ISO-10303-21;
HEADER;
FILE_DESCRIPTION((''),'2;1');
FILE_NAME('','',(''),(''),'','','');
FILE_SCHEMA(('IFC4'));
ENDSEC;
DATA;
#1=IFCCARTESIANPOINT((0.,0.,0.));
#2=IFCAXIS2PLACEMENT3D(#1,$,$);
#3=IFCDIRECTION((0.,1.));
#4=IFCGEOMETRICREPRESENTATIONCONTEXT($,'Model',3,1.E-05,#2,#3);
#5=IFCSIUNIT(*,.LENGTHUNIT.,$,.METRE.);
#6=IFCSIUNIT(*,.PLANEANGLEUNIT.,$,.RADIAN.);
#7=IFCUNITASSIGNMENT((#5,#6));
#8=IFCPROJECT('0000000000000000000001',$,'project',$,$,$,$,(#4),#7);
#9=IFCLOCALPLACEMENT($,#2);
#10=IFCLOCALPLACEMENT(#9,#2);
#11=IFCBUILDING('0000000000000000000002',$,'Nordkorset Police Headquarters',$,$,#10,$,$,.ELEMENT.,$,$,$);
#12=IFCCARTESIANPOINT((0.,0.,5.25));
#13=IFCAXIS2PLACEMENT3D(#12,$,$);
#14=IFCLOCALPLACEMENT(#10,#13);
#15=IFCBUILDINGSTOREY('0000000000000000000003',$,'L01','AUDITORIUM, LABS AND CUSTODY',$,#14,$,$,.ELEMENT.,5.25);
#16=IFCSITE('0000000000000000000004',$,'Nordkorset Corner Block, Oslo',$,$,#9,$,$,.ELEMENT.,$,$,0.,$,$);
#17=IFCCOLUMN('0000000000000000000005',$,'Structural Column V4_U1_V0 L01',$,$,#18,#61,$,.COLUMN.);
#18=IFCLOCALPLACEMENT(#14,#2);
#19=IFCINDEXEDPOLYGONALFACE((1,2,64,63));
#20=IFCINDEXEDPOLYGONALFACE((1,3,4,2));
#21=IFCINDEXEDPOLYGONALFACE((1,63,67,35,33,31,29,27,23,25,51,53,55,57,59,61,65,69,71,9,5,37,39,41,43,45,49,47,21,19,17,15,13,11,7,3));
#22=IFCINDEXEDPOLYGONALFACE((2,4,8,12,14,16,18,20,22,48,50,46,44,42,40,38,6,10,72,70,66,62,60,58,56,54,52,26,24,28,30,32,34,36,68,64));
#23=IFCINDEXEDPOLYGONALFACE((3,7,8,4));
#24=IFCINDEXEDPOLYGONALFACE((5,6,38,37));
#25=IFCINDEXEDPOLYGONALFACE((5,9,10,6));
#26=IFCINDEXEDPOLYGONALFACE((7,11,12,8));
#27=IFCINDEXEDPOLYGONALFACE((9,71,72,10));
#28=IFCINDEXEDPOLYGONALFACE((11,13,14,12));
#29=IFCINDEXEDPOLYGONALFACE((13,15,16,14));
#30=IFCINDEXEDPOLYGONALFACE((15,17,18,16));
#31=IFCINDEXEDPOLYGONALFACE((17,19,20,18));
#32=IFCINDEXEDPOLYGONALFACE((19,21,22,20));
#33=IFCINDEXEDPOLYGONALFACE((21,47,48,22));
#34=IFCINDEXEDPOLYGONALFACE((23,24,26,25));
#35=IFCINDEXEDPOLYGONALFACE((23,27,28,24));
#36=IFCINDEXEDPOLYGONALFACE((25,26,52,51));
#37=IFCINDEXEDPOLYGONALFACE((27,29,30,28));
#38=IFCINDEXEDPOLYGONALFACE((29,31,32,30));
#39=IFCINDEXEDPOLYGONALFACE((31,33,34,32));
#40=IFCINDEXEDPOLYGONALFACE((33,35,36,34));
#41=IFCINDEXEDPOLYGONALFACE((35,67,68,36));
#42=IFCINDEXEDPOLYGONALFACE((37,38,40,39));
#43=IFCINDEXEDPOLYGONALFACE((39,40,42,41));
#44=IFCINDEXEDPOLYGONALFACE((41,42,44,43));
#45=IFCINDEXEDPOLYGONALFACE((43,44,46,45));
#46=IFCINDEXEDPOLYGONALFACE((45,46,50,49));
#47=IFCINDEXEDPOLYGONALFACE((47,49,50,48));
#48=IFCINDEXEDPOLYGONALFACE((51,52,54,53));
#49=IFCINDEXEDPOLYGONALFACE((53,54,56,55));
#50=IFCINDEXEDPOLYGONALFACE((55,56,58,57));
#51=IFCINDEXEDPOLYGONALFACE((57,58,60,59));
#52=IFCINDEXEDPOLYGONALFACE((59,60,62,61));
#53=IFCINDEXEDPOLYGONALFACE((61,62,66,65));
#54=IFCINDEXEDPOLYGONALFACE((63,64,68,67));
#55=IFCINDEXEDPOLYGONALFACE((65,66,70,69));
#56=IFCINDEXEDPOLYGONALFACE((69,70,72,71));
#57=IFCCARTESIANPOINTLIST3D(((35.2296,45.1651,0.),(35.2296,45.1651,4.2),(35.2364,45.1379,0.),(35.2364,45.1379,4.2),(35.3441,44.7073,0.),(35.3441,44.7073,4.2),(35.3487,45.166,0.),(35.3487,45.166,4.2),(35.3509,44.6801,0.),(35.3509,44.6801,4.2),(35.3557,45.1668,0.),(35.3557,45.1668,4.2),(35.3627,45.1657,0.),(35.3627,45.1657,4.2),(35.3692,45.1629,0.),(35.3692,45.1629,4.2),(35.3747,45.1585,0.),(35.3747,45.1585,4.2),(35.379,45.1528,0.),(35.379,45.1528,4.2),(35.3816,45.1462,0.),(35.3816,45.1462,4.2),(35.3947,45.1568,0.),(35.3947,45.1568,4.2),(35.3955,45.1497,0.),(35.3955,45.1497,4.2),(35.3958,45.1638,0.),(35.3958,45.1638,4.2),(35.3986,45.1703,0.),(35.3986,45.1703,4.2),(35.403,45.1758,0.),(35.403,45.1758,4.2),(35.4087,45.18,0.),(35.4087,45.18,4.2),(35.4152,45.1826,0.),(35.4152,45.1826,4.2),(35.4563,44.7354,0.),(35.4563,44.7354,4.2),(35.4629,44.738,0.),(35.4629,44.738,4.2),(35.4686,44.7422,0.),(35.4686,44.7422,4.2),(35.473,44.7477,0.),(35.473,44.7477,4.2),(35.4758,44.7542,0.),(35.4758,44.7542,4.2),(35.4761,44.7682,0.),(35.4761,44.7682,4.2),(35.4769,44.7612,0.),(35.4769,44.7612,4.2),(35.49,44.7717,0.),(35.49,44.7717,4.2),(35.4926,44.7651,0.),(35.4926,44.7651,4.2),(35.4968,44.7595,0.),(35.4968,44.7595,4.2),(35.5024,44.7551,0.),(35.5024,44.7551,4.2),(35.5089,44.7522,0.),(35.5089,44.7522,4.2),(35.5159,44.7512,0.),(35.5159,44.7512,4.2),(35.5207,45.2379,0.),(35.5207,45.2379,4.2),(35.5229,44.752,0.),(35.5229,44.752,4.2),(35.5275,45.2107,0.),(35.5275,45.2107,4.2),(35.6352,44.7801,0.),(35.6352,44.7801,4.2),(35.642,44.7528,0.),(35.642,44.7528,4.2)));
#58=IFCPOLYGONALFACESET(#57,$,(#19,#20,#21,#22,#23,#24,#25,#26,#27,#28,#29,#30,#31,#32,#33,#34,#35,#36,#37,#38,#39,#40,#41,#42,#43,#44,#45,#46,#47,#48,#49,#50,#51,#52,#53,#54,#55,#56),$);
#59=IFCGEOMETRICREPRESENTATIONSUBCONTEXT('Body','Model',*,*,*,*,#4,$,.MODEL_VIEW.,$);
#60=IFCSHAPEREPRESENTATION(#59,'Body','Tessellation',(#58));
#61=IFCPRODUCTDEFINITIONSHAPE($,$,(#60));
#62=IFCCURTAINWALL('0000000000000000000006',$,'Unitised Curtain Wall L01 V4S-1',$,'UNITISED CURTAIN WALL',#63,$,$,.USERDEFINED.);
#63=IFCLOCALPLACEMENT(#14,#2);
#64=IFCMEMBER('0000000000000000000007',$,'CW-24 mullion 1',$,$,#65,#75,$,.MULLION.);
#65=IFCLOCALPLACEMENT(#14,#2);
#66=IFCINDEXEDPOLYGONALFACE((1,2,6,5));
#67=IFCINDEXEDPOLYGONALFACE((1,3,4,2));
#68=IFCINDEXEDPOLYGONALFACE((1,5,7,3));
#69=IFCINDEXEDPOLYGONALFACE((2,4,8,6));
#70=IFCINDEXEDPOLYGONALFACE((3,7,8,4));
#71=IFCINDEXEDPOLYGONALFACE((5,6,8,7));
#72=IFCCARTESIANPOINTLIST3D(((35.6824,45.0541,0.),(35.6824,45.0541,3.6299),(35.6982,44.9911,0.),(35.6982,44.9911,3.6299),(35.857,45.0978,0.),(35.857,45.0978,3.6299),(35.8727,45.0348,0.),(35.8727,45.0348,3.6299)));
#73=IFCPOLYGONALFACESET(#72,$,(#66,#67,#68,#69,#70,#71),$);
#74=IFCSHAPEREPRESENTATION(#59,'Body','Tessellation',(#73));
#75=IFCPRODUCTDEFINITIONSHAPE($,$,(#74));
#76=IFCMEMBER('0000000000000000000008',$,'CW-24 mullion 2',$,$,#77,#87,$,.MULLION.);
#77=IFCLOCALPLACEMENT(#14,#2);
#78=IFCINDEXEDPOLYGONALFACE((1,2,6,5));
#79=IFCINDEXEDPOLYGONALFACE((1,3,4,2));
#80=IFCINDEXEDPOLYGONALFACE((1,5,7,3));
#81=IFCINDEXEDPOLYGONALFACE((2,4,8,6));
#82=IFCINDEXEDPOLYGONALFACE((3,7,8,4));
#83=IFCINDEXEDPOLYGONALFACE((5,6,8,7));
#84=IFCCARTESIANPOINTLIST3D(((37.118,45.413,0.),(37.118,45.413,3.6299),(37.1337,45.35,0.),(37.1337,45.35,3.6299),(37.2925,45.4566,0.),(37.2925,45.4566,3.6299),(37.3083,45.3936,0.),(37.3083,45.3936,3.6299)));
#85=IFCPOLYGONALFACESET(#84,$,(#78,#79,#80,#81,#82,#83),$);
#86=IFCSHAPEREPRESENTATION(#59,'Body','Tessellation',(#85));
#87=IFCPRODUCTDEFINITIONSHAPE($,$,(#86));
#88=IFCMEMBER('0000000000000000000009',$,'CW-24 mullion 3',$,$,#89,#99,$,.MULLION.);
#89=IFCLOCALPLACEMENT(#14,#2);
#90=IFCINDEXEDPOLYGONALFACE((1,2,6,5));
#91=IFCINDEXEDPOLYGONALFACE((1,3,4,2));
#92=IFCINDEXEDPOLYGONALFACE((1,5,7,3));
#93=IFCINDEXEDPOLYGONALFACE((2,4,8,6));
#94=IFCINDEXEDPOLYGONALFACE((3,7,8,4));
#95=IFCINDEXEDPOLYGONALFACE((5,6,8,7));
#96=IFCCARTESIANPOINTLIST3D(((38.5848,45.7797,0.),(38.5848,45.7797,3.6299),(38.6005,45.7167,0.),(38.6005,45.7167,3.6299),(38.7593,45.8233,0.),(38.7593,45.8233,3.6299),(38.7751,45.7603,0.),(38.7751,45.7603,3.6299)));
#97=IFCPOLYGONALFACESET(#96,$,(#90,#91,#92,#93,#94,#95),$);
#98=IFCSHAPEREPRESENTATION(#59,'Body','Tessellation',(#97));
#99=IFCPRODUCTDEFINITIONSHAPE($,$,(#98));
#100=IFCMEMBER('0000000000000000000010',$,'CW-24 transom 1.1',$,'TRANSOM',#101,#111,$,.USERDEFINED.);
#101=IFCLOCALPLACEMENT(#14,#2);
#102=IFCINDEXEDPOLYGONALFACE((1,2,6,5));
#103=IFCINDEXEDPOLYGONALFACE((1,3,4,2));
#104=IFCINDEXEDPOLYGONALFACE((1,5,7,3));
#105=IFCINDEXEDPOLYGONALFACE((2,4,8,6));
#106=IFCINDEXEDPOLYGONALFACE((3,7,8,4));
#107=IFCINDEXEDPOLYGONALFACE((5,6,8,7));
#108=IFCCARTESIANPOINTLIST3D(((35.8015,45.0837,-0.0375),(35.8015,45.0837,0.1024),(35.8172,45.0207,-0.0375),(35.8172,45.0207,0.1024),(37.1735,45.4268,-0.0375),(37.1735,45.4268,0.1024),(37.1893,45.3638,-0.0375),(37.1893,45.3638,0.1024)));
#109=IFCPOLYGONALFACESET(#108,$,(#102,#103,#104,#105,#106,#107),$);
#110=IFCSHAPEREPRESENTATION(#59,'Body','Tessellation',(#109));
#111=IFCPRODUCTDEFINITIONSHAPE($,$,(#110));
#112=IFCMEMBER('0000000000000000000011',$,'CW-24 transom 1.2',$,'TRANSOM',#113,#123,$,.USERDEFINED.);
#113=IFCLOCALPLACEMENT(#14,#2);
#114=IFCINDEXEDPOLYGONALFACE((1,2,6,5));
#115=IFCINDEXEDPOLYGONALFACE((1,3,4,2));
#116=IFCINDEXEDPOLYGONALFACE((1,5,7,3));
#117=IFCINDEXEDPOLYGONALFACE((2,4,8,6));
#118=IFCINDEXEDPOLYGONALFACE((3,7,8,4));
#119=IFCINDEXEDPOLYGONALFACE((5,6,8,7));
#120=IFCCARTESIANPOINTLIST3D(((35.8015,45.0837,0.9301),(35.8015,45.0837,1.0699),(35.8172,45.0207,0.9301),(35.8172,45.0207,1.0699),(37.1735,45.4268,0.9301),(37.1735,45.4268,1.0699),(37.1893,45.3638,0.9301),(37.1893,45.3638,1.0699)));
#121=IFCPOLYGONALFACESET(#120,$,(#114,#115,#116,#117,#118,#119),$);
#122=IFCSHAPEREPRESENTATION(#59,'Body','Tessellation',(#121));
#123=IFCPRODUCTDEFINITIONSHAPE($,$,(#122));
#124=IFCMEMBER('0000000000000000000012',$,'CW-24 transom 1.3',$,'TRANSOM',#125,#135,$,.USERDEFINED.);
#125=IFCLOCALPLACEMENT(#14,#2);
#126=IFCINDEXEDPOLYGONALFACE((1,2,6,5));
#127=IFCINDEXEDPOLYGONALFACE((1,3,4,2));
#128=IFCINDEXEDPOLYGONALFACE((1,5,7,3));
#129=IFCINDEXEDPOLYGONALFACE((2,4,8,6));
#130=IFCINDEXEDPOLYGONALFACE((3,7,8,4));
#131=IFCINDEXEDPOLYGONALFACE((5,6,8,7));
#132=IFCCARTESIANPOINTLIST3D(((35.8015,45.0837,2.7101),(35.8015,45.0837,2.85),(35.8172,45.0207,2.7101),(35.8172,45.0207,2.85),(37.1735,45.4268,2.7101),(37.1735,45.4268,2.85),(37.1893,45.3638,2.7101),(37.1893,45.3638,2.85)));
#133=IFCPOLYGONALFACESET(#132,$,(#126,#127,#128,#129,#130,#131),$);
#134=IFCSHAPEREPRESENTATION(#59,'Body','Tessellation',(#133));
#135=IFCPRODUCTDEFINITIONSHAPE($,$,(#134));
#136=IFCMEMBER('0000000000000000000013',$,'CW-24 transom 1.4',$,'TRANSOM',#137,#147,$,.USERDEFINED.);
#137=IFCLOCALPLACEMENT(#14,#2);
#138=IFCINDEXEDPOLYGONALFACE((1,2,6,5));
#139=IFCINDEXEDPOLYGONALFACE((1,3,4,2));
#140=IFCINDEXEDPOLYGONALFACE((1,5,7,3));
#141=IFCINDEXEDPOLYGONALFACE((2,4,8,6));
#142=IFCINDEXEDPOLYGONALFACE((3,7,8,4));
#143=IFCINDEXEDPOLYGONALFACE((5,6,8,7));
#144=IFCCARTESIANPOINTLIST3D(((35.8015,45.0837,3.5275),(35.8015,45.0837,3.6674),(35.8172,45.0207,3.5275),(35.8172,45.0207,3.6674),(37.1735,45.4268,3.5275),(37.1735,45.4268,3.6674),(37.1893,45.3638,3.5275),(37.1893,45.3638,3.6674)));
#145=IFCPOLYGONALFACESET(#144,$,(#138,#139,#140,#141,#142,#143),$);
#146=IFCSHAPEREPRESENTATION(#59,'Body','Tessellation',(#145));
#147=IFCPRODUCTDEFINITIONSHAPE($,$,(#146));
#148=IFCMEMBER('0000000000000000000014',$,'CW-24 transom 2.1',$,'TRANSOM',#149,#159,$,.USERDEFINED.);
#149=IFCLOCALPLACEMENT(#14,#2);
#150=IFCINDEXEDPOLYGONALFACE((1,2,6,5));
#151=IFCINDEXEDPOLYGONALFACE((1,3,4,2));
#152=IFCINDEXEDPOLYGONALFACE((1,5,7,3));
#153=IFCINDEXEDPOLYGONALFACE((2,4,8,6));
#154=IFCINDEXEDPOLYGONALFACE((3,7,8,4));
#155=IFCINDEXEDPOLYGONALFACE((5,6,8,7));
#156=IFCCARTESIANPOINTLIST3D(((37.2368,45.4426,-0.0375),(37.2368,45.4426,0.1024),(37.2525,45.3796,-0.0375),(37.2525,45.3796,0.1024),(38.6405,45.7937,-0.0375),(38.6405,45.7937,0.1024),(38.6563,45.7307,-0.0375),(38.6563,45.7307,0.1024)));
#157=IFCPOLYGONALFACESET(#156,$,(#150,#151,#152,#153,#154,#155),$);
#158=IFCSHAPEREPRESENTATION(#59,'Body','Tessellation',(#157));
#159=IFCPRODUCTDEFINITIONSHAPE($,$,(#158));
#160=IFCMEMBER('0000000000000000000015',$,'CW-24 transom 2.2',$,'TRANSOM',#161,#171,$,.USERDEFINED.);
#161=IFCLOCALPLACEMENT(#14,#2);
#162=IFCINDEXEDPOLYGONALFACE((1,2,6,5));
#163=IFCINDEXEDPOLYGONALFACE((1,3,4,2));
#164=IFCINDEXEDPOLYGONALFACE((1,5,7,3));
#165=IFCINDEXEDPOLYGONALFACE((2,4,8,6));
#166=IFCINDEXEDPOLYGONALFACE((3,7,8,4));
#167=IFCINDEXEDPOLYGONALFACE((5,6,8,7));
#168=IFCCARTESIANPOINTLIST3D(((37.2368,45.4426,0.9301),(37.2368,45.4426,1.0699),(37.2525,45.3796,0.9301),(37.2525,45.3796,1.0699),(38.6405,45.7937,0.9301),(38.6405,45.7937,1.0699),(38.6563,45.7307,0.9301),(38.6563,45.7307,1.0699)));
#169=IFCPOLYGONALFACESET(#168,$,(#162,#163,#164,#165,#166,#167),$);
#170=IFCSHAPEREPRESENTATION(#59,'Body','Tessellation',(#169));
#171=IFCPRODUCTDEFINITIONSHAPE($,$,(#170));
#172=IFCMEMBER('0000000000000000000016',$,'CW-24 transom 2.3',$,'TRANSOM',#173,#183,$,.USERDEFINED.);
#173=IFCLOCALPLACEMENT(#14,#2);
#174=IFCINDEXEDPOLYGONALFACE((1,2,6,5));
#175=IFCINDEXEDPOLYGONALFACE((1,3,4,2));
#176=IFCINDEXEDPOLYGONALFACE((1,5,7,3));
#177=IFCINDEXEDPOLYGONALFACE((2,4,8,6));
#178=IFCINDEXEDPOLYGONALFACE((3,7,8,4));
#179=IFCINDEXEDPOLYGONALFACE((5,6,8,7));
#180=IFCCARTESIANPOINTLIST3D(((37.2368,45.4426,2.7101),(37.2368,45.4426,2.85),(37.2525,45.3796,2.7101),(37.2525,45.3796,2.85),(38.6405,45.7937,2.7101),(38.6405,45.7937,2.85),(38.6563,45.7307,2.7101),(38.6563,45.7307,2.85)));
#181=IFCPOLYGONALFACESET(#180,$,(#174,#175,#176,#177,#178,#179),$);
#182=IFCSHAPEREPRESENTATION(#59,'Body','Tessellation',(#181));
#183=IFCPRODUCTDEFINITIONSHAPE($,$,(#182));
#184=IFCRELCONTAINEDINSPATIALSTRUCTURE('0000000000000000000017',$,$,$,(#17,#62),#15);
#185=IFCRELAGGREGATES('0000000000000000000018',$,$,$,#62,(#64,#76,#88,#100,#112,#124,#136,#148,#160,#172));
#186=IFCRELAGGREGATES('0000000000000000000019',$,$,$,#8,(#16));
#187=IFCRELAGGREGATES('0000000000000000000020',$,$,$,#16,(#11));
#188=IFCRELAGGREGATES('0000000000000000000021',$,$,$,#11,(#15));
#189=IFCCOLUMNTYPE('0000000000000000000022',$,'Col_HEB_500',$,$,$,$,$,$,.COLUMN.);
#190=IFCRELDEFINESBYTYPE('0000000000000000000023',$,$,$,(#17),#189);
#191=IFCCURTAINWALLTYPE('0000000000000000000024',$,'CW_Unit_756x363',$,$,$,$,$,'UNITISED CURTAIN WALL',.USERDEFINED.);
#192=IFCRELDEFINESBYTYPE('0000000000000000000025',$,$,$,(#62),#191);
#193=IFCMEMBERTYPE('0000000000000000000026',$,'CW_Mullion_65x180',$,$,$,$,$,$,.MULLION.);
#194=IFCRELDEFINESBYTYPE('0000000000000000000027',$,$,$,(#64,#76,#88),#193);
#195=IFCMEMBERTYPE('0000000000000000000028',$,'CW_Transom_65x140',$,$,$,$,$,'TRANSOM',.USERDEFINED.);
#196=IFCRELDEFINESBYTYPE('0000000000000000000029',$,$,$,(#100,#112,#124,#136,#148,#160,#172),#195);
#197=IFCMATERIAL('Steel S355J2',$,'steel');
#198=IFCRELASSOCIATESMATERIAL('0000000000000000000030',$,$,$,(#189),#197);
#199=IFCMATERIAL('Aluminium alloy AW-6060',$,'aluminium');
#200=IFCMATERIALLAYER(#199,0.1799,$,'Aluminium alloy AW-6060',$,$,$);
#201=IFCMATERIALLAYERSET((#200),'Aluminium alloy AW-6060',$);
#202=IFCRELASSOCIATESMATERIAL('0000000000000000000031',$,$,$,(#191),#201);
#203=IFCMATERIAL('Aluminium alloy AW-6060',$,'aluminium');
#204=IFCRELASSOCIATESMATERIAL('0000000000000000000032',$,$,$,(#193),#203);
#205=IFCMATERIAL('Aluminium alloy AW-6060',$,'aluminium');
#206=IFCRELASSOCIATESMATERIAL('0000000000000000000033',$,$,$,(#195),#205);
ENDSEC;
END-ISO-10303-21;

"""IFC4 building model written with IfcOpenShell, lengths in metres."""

from ifc_helpers import new_model, si_unit, direction, frame, origin, origin_2d, place, context, subcontext, project, spatial, rectangle, i_section, extrude, material, layer, layer_set, material_profile, profile_set, type_object, element, aggregate, save


model = new_model("IFC4")

# Units and contexts
model_context = context("Model", 3, precision=1e-05, world=origin(), true_north=direction((0.0, 1.0)))
body_context = subcontext(model_context, "Body", "Model", "MODEL_VIEW")
ifc_project = project(units=[si_unit("LENGTHUNIT", "METRE"), si_unit("PLANEANGLEUNIT", "RADIAN")], contexts=[model_context])

# Site, building, storey
site_placement = place(None, origin())
site = spatial("IfcSite", under=ifc_project, at=site_placement, Name="Nordkorset Corner Block, Oslo", CompositionType="ELEMENT", RefElevation=0.0)
building_placement = place(site_placement, origin())
building = spatial("IfcBuilding", under=site, at=building_placement, Name="Nordkorset Police Headquarters", CompositionType="ELEMENT")
storey_placement = place(building_placement, frame((0.0, 0.0, 5.25)))
storey = spatial("IfcBuildingStorey", under=building, at=storey_placement, Name="L01", Description="AUDITORIUM, LABS AND CUSTODY", CompositionType="ELEMENT", Elevation=5.25)

# Column
ifc_material_1 = material(Name="Steel S355J2", Category="steel")
ifc_material_profile_1 = material_profile(ifc_material_1, i_section(OverallWidth=0.3, OverallDepth=0.5, WebThickness=0.0144, FlangeThickness=0.0281, FilletRadius=0.0271, at=origin_2d()), Name="HEB 500")
ifc_profile_set_1 = profile_set([ifc_material_profile_1], Name="Steel S355J2")
column_type = type_object("IfcColumnType", Name="Col_HEB_500", PredefinedType="COLUMN", material=ifc_profile_set_1)
column_placement = place(storey_placement, frame((35.4358, 44.959, 0.0), z_axis=(0.0, 0.0, 1.0), x_axis=(0.970143, 0.242536, 0.0)))
element("IfcColumn", 1, at=column_placement, inside=storey, type_object=column_type, Name="Structural Column V4_U1_V0 L01", PredefinedType="COLUMN", context=body_context, shape_type="SweptSolid", body=[
    extrude(i_section(OverallWidth=0.3, OverallDepth=0.5, WebThickness=0.0144, FlangeThickness=0.0281, FilletRadius=0.0271, at=origin_2d()), origin(), (0.0, 0.0, 1.0), 4.2),
])

# Curtain wall, members
ifc_material_2 = material(Name="Aluminium alloy AW-6060", Category="aluminium")
ifc_layer_1 = layer(ifc_material_2, 0.1799, Name="Aluminium alloy AW-6060")
ifc_layer_set_1 = layer_set([ifc_layer_1], Name="Aluminium alloy AW-6060")
curtain_wall_type = type_object("IfcCurtainWallType", Name="CW_Unit_756x363", ElementType="UNITISED CURTAIN WALL", PredefinedType="USERDEFINED", material=ifc_layer_set_1)
curtain_wall_placement = place(storey_placement, origin())
curtain_wall = element("IfcCurtainWall", 2, at=curtain_wall_placement, inside=storey, type_object=curtain_wall_type, Name="Unitised Curtain Wall L01 V4S-1", ObjectType="UNITISED CURTAIN WALL", PredefinedType="USERDEFINED")
ifc_material_3 = material(Name="Aluminium alloy AW-6060", Category="aluminium")
ifc_material_profile_2 = material_profile(ifc_material_3, rectangle(XDim=0.0649, YDim=0.1799, at=origin_2d()), Name="ALU MULL 65x180")
ifc_profile_set_2 = profile_set([ifc_material_profile_2], Name="Aluminium alloy AW-6060")
member_type_1 = type_object("IfcMemberType", Name="CW_Mullion_65x180", PredefinedType="MULLION", material=ifc_profile_set_2)
member_1_placement = place(storey_placement, frame((35.7776, 45.0444, 0.0), z_axis=(0.0, 0.0, 1.0), x_axis=(-0.242536, 0.970143, 0.0)))
member_1 = element("IfcMember", 3, at=member_1_placement, type_object=member_type_1, Name="CW-24 mullion 1", PredefinedType="MULLION", context=body_context, shape_type="SweptSolid", body=[
    extrude(rectangle(XDim=0.0649, YDim=0.1799, at=origin_2d()), origin(), (0.0, 0.0, 1.0), 3.6299),
])
member_2_placement = place(storey_placement, frame((37.2131, 45.4033, 0.0), z_axis=(0.0, 0.0, 1.0), x_axis=(-0.242536, 0.970143, 0.0)))
member_2 = element("IfcMember", 4, at=member_2_placement, type_object=member_type_1, Name="CW-24 mullion 2", PredefinedType="MULLION", context=body_context, shape_type="SweptSolid", body=[
    extrude(rectangle(XDim=0.0649, YDim=0.1799, at=origin_2d()), origin(), (0.0, 0.0, 1.0), 3.6299),
])
member_3_placement = place(storey_placement, frame((38.6799, 45.77, 0.0), z_axis=(0.0, 0.0, 1.0), x_axis=(-0.242536, 0.970143, 0.0)))
member_3 = element("IfcMember", 5, at=member_3_placement, type_object=member_type_1, Name="CW-24 mullion 3", PredefinedType="MULLION", context=body_context, shape_type="SweptSolid", body=[
    extrude(rectangle(XDim=0.0649, YDim=0.1799, at=origin_2d()), origin(), (0.0, 0.0, 1.0), 3.6299),
])
ifc_material_4 = material(Name="Aluminium alloy AW-6060", Category="aluminium")
ifc_material_profile_3 = material_profile(ifc_material_4, rectangle(XDim=0.0649, YDim=0.1399, at=origin_2d()), Name="ALU TRAN 65x140")
ifc_profile_set_3 = profile_set([ifc_material_profile_3], Name="Aluminium alloy AW-6060")
member_type_2 = type_object("IfcMemberType", Name="CW_Transom_65x140", ElementType="TRANSOM", PredefinedType="USERDEFINED", material=ifc_profile_set_3)
member_4_placement = place(storey_placement, frame((35.8093, 45.0522, 0.0325), z_axis=(0.970143, 0.242536, 0.0), x_axis=(-0.242536, 0.970143, 0.0)))
member_4 = element("IfcMember", 6, at=member_4_placement, type_object=member_type_2, Name="CW-24 transom 1.1", ObjectType="TRANSOM", PredefinedType="USERDEFINED", context=body_context, shape_type="SweptSolid", body=[
    extrude(rectangle(XDim=0.0649, YDim=0.1399, at=origin_2d()), origin(), (0.0, 0.0, 1.0), 1.4143),
])
member_5_placement = place(storey_placement, frame((35.8093, 45.0522, 1.0), z_axis=(0.970143, 0.242536, 0.0), x_axis=(-0.242536, 0.970143, 0.0)))
member_5 = element("IfcMember", 7, at=member_5_placement, type_object=member_type_2, Name="CW-24 transom 1.2", ObjectType="TRANSOM", PredefinedType="USERDEFINED", context=body_context, shape_type="SweptSolid", body=[
    extrude(rectangle(XDim=0.0649, YDim=0.1399, at=origin_2d()), origin(), (0.0, 0.0, 1.0), 1.4143),
])
member_6_placement = place(storey_placement, frame((35.8093, 45.0522, 2.78), z_axis=(0.970143, 0.242536, 0.0), x_axis=(-0.242536, 0.970143, 0.0)))
member_6 = element("IfcMember", 8, at=member_6_placement, type_object=member_type_2, Name="CW-24 transom 1.3", ObjectType="TRANSOM", PredefinedType="USERDEFINED", context=body_context, shape_type="SweptSolid", body=[
    extrude(rectangle(XDim=0.0649, YDim=0.1399, at=origin_2d()), origin(), (0.0, 0.0, 1.0), 1.4143),
])
member_7_placement = place(storey_placement, frame((35.8093, 45.0522, 3.5974), z_axis=(0.970143, 0.242536, 0.0), x_axis=(-0.242536, 0.970143, 0.0)))
member_7 = element("IfcMember", 9, at=member_7_placement, type_object=member_type_2, Name="CW-24 transom 1.4", ObjectType="TRANSOM", PredefinedType="USERDEFINED", context=body_context, shape_type="SweptSolid", body=[
    extrude(rectangle(XDim=0.0649, YDim=0.1399, at=origin_2d()), origin(), (0.0, 0.0, 1.0), 1.4143),
])
member_8_placement = place(storey_placement, frame((37.2446, 45.4111, 0.0325), z_axis=(0.970123, 0.242615, 0.0), x_axis=(-0.242615, 0.970123, 0.0)))
member_8 = element("IfcMember", 10, at=member_8_placement, type_object=member_type_2, Name="CW-24 transom 2.1", ObjectType="TRANSOM", PredefinedType="USERDEFINED", context=body_context, shape_type="SweptSolid", body=[
    extrude(rectangle(XDim=0.0649, YDim=0.1399, at=origin_2d()), origin(), (0.0, 0.0, 1.0), 1.447),
])
member_9_placement = place(storey_placement, frame((37.2446, 45.4111, 1.0), z_axis=(0.970123, 0.242615, 0.0), x_axis=(-0.242615, 0.970123, 0.0)))
member_9 = element("IfcMember", 11, at=member_9_placement, type_object=member_type_2, Name="CW-24 transom 2.2", ObjectType="TRANSOM", PredefinedType="USERDEFINED", context=body_context, shape_type="SweptSolid", body=[
    extrude(rectangle(XDim=0.0649, YDim=0.1399, at=origin_2d()), origin(), (0.0, 0.0, 1.0), 1.447),
])
member_10_placement = place(storey_placement, frame((37.2446, 45.4111, 2.78), z_axis=(0.970123, 0.242615, 0.0), x_axis=(-0.242615, 0.970123, 0.0)))
member_10 = element("IfcMember", 12, at=member_10_placement, type_object=member_type_2, Name="CW-24 transom 2.3", ObjectType="TRANSOM", PredefinedType="USERDEFINED", context=body_context, shape_type="SweptSolid", body=[
    extrude(rectangle(XDim=0.0649, YDim=0.1399, at=origin_2d()), origin(), (0.0, 0.0, 1.0), 1.447),
])

aggregate(curtain_wall, [member_1, member_2, member_3, member_4, member_5, member_6, member_7, member_8, member_9, member_10])

save(model, "model.ifc")
